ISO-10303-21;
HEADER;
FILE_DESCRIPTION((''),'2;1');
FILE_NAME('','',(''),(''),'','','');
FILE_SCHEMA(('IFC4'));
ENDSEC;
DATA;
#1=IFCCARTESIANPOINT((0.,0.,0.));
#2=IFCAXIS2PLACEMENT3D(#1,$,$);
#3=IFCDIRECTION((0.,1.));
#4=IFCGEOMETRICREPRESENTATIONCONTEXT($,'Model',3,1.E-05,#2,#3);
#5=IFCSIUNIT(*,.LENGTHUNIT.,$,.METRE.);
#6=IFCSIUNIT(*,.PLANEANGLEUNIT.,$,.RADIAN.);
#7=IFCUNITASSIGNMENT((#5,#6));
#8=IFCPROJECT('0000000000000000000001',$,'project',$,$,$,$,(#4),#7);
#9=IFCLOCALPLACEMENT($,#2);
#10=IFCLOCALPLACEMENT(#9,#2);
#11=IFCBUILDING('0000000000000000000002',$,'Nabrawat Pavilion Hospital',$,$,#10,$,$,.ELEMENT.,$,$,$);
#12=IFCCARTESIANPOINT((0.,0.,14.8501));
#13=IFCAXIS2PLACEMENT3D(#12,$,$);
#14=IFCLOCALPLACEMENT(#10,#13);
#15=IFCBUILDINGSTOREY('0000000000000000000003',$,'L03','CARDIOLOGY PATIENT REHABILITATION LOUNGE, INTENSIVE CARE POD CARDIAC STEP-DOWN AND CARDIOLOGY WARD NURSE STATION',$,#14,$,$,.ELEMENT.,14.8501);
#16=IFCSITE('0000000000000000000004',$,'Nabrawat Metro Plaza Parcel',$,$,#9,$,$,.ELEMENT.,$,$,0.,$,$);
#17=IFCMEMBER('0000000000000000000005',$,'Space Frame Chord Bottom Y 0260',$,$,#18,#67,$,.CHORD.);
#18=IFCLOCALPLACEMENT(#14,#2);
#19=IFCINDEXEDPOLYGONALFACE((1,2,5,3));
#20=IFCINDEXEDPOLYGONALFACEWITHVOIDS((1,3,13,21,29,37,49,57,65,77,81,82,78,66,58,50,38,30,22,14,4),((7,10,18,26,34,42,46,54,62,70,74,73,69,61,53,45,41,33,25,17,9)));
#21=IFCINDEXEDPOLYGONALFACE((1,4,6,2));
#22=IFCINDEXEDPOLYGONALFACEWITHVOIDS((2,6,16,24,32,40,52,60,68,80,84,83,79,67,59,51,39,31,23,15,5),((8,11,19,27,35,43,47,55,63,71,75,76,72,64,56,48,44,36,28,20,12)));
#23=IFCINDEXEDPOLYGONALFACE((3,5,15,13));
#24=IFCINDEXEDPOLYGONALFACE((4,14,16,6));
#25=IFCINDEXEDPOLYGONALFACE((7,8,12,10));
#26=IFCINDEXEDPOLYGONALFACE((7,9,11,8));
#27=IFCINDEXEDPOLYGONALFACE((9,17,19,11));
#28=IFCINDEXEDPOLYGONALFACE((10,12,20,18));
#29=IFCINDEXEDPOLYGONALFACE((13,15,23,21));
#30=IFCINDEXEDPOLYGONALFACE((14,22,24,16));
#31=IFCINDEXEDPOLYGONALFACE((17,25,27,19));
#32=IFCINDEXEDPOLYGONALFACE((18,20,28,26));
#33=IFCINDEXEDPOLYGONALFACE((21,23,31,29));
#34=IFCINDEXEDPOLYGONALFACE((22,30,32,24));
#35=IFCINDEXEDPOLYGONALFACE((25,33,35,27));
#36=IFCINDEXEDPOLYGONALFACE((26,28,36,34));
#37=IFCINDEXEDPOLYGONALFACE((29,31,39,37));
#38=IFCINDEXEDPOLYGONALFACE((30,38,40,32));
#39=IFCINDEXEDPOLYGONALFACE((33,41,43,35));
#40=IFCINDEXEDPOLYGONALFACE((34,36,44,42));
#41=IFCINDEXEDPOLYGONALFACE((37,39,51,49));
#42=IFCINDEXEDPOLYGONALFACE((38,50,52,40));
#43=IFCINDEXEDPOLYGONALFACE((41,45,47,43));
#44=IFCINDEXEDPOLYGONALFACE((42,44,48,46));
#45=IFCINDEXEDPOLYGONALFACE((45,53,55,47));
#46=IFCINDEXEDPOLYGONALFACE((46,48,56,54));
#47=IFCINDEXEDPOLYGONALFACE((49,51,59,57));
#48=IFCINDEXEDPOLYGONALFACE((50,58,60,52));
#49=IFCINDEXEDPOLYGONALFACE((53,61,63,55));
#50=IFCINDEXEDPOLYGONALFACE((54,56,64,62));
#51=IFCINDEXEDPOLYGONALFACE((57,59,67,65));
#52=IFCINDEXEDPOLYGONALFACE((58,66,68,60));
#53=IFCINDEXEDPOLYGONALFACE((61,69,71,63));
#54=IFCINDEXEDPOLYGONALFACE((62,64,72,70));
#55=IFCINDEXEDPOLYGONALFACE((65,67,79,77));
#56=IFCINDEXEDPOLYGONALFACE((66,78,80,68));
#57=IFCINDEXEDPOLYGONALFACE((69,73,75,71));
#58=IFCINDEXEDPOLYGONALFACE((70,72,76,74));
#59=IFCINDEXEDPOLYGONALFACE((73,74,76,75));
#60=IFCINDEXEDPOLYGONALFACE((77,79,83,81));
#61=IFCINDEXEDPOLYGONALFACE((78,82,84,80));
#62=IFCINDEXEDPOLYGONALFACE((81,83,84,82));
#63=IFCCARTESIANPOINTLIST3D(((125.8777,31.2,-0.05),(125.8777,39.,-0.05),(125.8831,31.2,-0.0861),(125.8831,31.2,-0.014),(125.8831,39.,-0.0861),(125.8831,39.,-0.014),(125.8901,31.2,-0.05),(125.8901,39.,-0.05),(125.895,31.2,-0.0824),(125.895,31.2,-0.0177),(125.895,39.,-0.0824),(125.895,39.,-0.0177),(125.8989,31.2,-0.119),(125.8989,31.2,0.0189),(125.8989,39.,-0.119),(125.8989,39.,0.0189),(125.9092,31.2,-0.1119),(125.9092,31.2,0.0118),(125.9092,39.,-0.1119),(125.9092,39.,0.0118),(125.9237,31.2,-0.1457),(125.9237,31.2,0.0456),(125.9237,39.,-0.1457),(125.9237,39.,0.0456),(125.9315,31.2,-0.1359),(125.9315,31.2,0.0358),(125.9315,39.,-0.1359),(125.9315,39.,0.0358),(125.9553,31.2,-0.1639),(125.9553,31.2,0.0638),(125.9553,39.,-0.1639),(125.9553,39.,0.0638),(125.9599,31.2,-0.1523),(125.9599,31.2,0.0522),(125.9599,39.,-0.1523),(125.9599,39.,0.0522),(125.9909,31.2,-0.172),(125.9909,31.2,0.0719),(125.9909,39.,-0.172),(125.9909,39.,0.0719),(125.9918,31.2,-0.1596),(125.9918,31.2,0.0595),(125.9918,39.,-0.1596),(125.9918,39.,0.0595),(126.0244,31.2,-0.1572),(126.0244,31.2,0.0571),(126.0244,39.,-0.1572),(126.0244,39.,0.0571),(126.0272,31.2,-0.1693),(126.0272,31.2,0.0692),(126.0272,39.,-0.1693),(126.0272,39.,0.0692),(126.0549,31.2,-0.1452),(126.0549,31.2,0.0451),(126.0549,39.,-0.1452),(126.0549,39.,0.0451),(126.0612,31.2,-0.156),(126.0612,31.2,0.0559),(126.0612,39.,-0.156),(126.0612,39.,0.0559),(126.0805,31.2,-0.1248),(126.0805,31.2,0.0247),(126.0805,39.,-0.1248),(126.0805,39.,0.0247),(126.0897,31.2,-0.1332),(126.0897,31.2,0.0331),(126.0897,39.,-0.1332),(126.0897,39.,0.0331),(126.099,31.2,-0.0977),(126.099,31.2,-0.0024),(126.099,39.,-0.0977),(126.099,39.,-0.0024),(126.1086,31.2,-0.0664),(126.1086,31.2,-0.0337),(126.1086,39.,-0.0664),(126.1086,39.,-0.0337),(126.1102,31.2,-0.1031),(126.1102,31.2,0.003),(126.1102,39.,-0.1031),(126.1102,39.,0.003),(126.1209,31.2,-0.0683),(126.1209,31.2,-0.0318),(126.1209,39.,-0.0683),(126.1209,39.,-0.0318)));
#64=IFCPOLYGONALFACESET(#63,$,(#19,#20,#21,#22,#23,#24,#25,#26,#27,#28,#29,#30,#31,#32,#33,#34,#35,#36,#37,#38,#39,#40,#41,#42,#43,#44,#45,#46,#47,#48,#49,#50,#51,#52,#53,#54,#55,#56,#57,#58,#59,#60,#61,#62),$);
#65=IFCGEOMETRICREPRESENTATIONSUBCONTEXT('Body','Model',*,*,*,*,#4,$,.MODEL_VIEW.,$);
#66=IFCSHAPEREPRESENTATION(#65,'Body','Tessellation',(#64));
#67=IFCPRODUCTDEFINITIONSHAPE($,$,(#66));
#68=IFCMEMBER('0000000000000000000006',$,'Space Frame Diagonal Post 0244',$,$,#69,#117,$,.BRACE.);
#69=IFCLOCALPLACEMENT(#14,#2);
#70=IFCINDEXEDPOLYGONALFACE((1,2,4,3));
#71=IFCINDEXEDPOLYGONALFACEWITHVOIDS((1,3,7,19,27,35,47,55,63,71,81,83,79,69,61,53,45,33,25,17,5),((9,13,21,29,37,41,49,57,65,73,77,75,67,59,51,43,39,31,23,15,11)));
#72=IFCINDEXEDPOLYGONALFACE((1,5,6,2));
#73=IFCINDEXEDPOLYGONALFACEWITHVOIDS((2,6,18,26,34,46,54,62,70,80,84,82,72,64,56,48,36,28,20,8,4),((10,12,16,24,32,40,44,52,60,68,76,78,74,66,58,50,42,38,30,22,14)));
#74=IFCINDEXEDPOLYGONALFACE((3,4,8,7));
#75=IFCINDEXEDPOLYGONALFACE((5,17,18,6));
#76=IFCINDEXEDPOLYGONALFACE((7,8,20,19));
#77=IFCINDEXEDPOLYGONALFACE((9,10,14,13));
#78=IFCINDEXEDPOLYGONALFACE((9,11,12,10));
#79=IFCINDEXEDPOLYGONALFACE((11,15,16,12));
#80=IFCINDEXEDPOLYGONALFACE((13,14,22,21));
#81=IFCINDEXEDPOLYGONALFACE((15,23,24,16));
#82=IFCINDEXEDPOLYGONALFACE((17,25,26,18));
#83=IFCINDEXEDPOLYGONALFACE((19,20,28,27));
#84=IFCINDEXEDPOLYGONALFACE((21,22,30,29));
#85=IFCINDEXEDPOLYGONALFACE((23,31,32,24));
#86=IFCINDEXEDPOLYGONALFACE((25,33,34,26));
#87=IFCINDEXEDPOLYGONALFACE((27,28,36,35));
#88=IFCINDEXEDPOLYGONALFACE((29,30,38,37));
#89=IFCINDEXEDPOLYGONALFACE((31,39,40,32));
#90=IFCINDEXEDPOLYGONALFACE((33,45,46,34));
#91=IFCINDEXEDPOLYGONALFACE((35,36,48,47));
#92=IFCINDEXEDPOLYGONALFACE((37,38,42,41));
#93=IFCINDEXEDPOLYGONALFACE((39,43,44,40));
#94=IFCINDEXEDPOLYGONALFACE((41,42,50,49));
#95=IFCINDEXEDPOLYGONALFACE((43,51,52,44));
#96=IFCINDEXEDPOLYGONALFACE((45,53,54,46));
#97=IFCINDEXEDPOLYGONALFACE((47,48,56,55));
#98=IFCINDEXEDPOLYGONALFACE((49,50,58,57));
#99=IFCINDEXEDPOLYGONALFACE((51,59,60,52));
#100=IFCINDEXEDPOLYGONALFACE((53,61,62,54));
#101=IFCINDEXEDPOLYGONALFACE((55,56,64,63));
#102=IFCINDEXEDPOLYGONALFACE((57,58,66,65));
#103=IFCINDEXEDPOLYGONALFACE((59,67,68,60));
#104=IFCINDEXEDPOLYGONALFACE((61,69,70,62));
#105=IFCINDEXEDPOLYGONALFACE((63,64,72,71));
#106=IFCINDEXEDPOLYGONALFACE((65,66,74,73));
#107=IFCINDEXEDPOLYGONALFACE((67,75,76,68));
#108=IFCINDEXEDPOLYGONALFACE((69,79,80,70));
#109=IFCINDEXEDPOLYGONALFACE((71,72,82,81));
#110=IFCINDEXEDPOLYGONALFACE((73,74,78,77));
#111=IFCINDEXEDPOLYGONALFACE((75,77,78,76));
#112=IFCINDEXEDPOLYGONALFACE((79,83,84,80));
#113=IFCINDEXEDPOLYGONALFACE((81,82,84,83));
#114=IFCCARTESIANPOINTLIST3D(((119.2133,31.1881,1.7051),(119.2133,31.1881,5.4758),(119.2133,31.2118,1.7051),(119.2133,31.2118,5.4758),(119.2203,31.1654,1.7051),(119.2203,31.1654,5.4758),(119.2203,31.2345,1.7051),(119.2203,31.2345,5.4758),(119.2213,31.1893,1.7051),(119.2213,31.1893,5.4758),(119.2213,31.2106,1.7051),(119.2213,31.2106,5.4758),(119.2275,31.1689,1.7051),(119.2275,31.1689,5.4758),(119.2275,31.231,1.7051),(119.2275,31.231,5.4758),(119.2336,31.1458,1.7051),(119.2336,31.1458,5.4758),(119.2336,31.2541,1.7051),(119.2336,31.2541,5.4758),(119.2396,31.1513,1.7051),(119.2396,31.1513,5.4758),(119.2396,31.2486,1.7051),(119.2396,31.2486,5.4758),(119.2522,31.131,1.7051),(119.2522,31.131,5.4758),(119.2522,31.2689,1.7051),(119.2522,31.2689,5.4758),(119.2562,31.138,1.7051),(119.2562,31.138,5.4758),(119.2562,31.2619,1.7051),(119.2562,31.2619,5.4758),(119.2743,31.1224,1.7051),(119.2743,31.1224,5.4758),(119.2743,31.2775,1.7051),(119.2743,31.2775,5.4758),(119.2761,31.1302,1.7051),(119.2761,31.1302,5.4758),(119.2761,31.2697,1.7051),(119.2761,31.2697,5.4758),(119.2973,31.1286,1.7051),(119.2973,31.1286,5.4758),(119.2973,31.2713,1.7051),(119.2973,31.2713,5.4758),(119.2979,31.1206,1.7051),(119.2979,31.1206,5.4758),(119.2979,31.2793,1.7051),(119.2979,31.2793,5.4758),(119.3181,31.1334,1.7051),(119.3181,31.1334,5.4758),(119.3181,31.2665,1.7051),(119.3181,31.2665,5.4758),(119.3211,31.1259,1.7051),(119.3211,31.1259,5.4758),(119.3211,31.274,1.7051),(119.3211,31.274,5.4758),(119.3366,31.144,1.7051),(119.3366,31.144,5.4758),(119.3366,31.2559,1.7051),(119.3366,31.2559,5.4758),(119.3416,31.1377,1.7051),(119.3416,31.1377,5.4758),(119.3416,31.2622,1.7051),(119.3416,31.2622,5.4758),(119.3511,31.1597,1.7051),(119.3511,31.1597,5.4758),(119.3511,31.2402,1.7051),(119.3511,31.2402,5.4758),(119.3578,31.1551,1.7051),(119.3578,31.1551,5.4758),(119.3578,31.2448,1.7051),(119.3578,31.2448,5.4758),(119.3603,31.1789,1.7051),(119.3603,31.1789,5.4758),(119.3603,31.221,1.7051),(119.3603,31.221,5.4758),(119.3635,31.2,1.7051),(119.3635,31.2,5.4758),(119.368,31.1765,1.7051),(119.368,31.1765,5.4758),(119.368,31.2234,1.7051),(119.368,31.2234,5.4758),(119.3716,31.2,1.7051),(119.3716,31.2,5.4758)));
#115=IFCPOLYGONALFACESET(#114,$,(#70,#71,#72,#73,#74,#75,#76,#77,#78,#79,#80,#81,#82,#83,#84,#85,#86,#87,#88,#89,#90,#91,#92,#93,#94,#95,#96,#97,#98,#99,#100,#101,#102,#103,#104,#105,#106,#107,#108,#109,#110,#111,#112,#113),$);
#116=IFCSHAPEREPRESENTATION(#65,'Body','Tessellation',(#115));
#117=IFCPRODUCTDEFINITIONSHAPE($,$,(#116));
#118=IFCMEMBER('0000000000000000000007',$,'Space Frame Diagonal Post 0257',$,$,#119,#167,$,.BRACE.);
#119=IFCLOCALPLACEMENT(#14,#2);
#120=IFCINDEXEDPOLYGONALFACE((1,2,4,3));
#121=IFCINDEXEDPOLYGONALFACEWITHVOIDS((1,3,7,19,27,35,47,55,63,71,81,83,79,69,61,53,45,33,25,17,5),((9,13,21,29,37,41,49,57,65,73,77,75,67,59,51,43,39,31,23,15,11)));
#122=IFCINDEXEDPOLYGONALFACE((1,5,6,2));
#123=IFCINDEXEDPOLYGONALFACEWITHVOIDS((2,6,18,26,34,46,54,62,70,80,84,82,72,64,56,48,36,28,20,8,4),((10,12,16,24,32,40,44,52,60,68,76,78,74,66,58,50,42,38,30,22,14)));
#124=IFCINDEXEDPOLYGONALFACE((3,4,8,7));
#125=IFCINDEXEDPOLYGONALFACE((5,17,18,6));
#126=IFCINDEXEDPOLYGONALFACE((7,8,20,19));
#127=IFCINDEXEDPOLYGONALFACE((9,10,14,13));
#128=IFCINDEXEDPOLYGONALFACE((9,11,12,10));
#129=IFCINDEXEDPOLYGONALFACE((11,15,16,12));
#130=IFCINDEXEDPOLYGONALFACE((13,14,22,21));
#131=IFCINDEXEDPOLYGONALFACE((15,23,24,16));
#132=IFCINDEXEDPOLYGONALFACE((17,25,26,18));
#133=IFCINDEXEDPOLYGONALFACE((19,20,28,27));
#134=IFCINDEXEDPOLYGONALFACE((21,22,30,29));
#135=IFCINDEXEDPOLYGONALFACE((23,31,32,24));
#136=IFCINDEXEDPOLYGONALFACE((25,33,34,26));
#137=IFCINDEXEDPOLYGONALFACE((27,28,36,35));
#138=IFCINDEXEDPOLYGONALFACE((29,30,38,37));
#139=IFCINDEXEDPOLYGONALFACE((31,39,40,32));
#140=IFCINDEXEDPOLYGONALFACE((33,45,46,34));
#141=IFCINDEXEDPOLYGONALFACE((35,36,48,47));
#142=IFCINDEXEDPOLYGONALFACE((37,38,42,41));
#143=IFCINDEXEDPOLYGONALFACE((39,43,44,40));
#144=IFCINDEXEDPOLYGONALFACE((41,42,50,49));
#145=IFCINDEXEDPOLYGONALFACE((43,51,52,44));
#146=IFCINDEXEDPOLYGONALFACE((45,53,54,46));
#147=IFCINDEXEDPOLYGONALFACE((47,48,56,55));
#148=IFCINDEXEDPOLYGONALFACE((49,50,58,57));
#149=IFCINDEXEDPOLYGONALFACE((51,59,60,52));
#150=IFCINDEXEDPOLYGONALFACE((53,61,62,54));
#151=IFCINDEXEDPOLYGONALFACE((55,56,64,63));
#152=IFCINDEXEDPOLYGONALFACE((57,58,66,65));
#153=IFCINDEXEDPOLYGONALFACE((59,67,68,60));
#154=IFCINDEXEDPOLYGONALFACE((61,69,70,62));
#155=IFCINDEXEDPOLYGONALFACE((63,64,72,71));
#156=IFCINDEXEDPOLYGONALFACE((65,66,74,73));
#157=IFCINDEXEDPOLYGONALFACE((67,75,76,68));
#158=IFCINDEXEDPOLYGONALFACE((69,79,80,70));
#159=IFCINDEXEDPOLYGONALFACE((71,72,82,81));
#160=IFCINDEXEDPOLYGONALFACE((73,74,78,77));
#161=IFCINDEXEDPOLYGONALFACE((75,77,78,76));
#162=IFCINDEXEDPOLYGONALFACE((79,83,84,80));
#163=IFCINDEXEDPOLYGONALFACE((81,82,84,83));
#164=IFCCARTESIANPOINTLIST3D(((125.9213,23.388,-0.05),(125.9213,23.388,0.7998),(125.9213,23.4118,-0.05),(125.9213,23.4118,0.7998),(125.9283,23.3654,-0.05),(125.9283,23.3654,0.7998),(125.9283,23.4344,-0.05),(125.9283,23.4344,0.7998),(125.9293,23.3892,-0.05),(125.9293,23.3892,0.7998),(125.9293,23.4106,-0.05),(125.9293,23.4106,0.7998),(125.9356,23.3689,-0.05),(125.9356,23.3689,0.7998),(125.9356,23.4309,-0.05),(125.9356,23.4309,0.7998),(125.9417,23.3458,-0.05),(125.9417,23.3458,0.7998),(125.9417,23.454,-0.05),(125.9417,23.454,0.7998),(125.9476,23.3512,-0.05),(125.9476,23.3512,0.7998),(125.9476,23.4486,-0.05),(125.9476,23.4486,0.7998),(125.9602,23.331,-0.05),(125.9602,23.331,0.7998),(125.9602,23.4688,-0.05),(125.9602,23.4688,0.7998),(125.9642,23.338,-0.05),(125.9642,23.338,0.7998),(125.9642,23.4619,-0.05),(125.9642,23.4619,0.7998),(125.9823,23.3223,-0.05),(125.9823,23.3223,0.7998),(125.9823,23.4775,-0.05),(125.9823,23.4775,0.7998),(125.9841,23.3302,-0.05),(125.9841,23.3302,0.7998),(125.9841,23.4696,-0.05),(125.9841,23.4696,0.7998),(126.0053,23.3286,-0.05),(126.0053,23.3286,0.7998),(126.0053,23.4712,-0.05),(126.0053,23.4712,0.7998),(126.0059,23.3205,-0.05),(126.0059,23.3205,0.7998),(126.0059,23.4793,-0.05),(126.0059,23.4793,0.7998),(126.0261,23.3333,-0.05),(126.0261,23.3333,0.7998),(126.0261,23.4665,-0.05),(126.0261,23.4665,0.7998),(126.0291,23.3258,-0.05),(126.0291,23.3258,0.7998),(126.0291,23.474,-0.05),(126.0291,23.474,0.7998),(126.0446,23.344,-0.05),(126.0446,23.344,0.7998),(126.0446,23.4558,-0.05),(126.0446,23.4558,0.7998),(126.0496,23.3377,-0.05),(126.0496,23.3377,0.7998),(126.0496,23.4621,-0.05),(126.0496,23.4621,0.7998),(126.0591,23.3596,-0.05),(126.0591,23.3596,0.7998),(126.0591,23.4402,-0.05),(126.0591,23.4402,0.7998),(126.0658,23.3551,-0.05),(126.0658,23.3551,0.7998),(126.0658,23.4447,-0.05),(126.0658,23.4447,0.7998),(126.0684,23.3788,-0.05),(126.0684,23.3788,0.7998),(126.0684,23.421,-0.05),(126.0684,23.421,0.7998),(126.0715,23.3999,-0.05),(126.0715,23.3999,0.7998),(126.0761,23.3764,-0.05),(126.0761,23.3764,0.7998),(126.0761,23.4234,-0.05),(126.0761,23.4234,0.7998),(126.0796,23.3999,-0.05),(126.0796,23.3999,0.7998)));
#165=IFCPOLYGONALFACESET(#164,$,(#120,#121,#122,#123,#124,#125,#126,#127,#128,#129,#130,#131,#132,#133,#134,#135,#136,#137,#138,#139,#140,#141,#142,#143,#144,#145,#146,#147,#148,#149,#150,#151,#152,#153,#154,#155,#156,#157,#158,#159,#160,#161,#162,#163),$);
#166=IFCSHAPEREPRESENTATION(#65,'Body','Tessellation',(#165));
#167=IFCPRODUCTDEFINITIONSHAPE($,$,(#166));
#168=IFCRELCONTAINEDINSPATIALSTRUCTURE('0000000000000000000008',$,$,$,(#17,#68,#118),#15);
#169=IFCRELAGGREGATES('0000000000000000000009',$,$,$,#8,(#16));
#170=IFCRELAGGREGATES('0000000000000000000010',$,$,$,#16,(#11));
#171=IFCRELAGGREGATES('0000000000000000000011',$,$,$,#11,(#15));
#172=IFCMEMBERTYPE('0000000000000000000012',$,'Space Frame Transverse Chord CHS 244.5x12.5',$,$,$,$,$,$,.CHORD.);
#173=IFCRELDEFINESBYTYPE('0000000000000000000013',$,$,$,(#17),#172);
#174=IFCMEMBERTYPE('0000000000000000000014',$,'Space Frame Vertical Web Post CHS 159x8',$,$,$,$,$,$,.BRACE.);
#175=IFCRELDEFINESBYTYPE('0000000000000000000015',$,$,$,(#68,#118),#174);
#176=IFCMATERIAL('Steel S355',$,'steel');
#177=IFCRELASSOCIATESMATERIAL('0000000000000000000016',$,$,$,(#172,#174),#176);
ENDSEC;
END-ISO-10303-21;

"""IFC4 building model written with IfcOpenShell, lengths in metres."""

from ifc_helpers import new_model, si_unit, direction, frame, origin, origin_2d, place, context, subcontext, project, spatial, hollow_circle, extrude, material, material_profile, profile_set, type_object, element, save


model = new_model("IFC4")

# Units and contexts
model_context = context("Model", 3, precision=1e-05, world=origin(), true_north=direction((0.0, 1.0)))
body_context = subcontext(model_context, "Body", "Model", "MODEL_VIEW")
ifc_project = project(units=[si_unit("LENGTHUNIT", "METRE"), si_unit("PLANEANGLEUNIT", "RADIAN")], contexts=[model_context])

# Site, building, storey
site_placement = place(None, origin())
site = spatial("IfcSite", under=ifc_project, at=site_placement, Name="Nabrawat Metro Plaza Parcel", CompositionType="ELEMENT", RefElevation=0.0)
building_placement = place(site_placement, origin())
building = spatial("IfcBuilding", under=site, at=building_placement, Name="Nabrawat Pavilion Hospital", CompositionType="ELEMENT")
storey_placement = place(building_placement, frame((0.0, 0.0, 14.8501)))
storey = spatial("IfcBuildingStorey", under=building, at=storey_placement, Name="L03", Description="CARDIOLOGY PATIENT REHABILITATION LOUNGE, INTENSIVE CARE POD CARDIAC STEP-DOWN AND CARDIOLOGY WARD NURSE STATION", CompositionType="ELEMENT", Elevation=14.8501)

# Shared definitions
ifc_material = material(Name="Steel S355", Category="steel")

# Members
ifc_material_profile_1 = material_profile(ifc_material, hollow_circle(Radius=0.1223, WallThickness=0.0125, at=origin_2d()), Name="CHS 244.5x12.5")
ifc_profile_set_1 = profile_set([ifc_material_profile_1], Name="Steel S355")
member_type_1 = type_object("IfcMemberType", Name="Space Frame Transverse Chord CHS 244.5x12.5", PredefinedType="CHORD", material=ifc_profile_set_1)
for number, where, z_axis, x_axis, name in (
    (1, (126.0, 31.2, -0.05), (0.0, 1.0, 0.0), (-1.0, 0.0, 0.0), "Space Frame Chord Bottom Y 0260"),
):
    element("IfcMember", number, at=place(storey_placement, frame(where, z_axis=z_axis, x_axis=x_axis)), inside=storey, type_object=member_type_1, Name=name, PredefinedType="CHORD", context=body_context, shape_type="SweptSolid", body=[
        extrude(hollow_circle(Radius=0.1223, WallThickness=0.0125, at=origin_2d()), origin(), (0.0, 0.0, 1.0), 7.8),
    ])
ifc_material_profile_2 = material_profile(ifc_material, hollow_circle(Radius=0.0796, WallThickness=0.0081, at=origin_2d()), Name="CHS 159x8")
ifc_profile_set_2 = profile_set([ifc_material_profile_2], Name="Steel S355")
member_type_2 = type_object("IfcMemberType", Name="Space Frame Vertical Web Post CHS 159x8", PredefinedType="BRACE", material=ifc_profile_set_2)
member_1_placement = place(storey_placement, frame((119.292, 31.2, 1.7051), z_axis=(0.0, 0.0, 1.0), x_axis=(1.0, 0.0, 0.0)))
element("IfcMember", 2, at=member_1_placement, inside=storey, type_object=member_type_2, Name="Space Frame Diagonal Post 0244", PredefinedType="BRACE", context=body_context, shape_type="SweptSolid", body=[
    extrude(hollow_circle(Radius=0.0796, WallThickness=0.0081, at=origin_2d()), origin(), (0.0, 0.0, 1.0), 3.7708),
])
for number, where, z_axis, x_axis, name in (
    (3, (126.0, 23.3999, -0.05), (0.0, 0.0, 1.0), (1.0, 0.0, 0.0), "Space Frame Diagonal Post 0257"),
):
    element("IfcMember", number, at=place(storey_placement, frame(where, z_axis=z_axis, x_axis=x_axis)), inside=storey, type_object=member_type_2, Name=name, PredefinedType="BRACE", context=body_context, shape_type="SweptSolid", body=[
        extrude(hollow_circle(Radius=0.0796, WallThickness=0.0081, at=origin_2d()), origin(), (0.0, 0.0, 1.0), 0.8499),
    ])

save(model, "model.ifc")
